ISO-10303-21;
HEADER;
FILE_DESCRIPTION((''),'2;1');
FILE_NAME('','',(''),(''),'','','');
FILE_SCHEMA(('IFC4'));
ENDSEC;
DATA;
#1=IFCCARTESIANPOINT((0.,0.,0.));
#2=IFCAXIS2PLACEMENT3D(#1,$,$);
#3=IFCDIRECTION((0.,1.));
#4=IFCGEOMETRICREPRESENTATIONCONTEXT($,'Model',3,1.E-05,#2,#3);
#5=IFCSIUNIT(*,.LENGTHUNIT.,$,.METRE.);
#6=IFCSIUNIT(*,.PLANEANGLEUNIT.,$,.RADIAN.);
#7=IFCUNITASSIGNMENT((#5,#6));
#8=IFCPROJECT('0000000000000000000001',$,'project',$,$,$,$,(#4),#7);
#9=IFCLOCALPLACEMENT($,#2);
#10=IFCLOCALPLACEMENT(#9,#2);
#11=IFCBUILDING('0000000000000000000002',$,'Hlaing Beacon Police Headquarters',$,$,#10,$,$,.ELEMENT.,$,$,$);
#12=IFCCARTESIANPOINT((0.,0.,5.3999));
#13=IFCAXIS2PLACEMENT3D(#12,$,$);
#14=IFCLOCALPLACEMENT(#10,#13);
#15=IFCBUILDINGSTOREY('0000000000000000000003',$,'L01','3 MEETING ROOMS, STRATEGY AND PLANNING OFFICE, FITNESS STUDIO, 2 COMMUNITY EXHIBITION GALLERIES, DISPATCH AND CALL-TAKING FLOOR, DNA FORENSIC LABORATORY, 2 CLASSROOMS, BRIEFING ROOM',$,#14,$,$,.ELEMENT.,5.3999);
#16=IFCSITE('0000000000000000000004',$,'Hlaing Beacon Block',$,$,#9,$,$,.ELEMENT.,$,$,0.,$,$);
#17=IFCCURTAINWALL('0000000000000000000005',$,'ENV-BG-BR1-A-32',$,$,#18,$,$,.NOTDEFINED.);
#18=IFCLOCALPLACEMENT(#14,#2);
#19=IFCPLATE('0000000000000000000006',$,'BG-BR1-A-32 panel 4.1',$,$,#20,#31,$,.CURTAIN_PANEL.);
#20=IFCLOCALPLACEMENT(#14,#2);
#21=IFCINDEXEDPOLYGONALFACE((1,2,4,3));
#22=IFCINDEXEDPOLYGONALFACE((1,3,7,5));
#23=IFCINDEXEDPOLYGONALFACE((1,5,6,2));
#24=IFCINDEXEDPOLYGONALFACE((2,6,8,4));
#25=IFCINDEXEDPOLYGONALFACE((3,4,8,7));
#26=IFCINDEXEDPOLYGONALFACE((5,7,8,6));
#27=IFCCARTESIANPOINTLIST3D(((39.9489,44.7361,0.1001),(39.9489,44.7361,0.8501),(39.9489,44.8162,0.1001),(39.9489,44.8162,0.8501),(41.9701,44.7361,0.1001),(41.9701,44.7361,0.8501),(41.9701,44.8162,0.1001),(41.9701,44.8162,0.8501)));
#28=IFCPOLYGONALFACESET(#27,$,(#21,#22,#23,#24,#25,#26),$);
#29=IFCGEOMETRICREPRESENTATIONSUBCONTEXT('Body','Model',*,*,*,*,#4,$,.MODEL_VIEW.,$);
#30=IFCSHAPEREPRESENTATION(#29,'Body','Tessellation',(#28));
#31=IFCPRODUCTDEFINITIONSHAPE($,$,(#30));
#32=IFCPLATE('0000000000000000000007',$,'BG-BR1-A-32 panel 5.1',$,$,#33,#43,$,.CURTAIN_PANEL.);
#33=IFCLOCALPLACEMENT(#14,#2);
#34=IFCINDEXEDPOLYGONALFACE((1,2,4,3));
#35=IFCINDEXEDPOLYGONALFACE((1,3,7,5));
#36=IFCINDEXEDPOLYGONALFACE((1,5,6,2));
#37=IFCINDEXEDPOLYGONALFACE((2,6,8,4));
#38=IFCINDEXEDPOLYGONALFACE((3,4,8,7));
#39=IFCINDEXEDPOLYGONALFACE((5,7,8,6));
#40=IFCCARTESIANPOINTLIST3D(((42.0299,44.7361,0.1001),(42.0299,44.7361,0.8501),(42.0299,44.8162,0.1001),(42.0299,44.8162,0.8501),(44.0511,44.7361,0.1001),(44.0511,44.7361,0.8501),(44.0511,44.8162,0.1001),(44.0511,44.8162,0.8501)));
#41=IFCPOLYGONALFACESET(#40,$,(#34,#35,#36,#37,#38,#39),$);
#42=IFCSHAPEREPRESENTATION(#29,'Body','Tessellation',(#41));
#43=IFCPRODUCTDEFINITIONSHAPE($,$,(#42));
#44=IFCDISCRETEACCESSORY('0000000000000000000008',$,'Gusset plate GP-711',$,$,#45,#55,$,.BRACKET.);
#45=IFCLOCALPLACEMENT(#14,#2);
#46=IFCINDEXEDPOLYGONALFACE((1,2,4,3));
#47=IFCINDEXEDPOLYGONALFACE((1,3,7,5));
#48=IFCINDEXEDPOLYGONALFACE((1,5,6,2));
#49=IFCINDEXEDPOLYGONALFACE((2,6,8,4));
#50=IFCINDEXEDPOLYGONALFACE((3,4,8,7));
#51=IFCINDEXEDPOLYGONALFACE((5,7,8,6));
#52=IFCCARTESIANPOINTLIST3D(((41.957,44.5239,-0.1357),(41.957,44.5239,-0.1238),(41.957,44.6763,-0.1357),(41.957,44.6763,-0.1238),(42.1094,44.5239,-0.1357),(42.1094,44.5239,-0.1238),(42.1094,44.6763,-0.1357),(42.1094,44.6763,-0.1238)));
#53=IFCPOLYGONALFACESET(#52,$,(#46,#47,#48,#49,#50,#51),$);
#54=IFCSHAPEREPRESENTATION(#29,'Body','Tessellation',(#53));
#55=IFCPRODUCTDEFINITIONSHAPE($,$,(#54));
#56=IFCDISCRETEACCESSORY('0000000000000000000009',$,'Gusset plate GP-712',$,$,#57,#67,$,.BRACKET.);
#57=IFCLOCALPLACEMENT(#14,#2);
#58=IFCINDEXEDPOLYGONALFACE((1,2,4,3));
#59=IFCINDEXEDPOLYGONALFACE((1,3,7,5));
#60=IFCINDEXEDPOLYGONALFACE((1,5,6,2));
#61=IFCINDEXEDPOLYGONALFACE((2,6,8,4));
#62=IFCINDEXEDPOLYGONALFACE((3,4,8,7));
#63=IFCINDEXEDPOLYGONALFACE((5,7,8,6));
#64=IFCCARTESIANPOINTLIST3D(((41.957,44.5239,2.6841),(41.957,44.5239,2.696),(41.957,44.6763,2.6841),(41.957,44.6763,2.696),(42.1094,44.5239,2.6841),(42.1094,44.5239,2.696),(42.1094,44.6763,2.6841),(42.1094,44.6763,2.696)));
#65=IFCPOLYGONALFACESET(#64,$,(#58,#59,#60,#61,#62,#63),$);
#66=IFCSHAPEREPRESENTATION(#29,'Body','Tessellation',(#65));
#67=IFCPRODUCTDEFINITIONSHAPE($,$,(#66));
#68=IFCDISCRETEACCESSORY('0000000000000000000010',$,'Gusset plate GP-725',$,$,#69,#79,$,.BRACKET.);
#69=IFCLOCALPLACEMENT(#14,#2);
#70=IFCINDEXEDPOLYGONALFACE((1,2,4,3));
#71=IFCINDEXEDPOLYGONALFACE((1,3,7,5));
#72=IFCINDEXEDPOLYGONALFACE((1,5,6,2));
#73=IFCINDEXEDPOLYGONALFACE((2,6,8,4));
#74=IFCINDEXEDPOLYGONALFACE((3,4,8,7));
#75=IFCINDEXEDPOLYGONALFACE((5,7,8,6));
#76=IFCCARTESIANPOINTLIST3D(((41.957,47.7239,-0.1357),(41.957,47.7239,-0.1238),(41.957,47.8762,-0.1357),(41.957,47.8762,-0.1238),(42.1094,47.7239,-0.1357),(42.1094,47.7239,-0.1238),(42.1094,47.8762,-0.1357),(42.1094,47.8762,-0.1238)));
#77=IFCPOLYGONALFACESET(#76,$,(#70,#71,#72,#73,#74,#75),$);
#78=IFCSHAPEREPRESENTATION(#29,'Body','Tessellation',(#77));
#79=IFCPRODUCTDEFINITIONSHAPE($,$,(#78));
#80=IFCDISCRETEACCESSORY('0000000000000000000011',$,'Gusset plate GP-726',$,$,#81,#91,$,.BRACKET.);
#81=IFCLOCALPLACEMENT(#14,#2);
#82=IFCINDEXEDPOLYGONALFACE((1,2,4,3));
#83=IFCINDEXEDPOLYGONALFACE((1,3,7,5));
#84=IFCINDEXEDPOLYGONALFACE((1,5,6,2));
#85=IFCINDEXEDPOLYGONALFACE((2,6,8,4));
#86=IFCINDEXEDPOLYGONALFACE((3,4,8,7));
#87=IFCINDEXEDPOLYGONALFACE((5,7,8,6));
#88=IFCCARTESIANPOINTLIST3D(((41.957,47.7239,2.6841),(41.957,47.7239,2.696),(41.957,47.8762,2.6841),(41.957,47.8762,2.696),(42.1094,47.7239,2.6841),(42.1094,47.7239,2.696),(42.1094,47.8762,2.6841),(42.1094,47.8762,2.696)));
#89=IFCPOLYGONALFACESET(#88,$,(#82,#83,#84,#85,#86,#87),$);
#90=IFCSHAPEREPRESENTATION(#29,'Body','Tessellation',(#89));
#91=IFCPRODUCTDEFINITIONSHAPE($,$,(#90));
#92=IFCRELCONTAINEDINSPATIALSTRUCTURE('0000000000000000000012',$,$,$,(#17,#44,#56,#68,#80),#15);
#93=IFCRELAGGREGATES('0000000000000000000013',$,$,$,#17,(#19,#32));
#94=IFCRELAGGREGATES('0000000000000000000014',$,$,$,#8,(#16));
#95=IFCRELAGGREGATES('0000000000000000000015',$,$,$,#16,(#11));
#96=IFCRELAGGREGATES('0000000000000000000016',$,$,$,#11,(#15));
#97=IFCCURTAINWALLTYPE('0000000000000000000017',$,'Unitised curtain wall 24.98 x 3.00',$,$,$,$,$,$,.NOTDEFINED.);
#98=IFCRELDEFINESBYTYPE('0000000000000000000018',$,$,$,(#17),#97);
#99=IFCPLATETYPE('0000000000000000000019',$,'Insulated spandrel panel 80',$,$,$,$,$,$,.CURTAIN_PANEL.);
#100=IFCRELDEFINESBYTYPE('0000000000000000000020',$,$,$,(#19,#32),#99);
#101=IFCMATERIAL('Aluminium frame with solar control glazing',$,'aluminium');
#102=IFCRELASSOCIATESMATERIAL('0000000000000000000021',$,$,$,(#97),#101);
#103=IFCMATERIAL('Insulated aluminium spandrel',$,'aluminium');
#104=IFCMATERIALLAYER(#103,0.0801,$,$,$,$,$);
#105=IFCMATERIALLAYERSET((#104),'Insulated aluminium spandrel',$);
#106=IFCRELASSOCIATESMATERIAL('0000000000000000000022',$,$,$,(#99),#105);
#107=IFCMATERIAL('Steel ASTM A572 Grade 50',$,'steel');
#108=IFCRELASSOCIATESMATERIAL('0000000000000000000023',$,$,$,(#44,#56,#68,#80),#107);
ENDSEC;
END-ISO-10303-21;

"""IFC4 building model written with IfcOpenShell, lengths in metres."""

from ifc_helpers import new_model, si_unit, direction, frame, origin, origin_2d, place, context, subcontext, project, spatial, rectangle, extrude, material, layer, layer_set, type_object, element, aggregate, save


model = new_model("IFC4")

# Units and contexts
model_context = context("Model", 3, precision=1e-05, world=origin(), true_north=direction((0.0, 1.0)))
body_context = subcontext(model_context, "Body", "Model", "MODEL_VIEW")
ifc_project = project(units=[si_unit("LENGTHUNIT", "METRE"), si_unit("PLANEANGLEUNIT", "RADIAN")], contexts=[model_context])

# Site, building, storey
site_placement = place(None, origin())
site = spatial("IfcSite", under=ifc_project, at=site_placement, Name="Hlaing Beacon Block", CompositionType="ELEMENT", RefElevation=0.0)
building_placement = place(site_placement, origin())
building = spatial("IfcBuilding", under=site, at=building_placement, Name="Hlaing Beacon Police Headquarters", CompositionType="ELEMENT")
storey_placement = place(building_placement, frame((0.0, 0.0, 5.3999)))
storey = spatial("IfcBuildingStorey", under=building, at=storey_placement, Name="L01", Description="3 MEETING ROOMS, STRATEGY AND PLANNING OFFICE, FITNESS STUDIO, 2 COMMUNITY EXHIBITION GALLERIES, DISPATCH AND CALL-TAKING FLOOR, DNA FORENSIC LABORATORY, 2 CLASSROOMS, BRIEFING ROOM", CompositionType="ELEMENT", Elevation=5.3999)

# Curtain wall
ifc_material_1 = material(Name="Aluminium frame with solar control glazing", Category="aluminium")
curtain_wall_type = type_object("IfcCurtainWallType", Name="Unitised curtain wall 24.98 x 3.00", PredefinedType="NOTDEFINED", material=ifc_material_1)
curtain_wall_1_placement = place(storey_placement, origin())
curtain_wall_1 = element("IfcCurtainWall", 1, at=curtain_wall_1_placement, inside=storey, type_object=curtain_wall_type, Name="ENV-BG-BR1-A-32", PredefinedType="NOTDEFINED")

# Plates
ifc_material_2 = material(Name="Insulated aluminium spandrel", Category="aluminium")
ifc_layer_1 = layer(ifc_material_2, 0.0801)
ifc_layer_set_1 = layer_set([ifc_layer_1], Name="Insulated aluminium spandrel")
plate_type_1 = type_object("IfcPlateType", Name="Insulated spandrel panel 80", PredefinedType="CURTAIN_PANEL", material=ifc_layer_set_1)
plate_1_placement = place(storey_placement, frame((40.9595, 44.7761, 0.1001), z_axis=(0.0, 0.0, 1.0), x_axis=(1.0, 0.0, 0.0)))
plate_1 = element("IfcPlate", 2, at=plate_1_placement, type_object=plate_type_1, Name="BG-BR1-A-32 panel 4.1", PredefinedType="CURTAIN_PANEL", context=body_context, shape_type="SweptSolid", body=[
    extrude(rectangle(XDim=2.0212, YDim=0.0801, at=origin_2d()), origin(), (0.0, 0.0, 1.0), 0.75),
])
plate_2_placement = place(storey_placement, frame((43.0405, 44.7761, 0.1001), z_axis=(0.0, 0.0, 1.0), x_axis=(1.0, 0.0, 0.0)))
plate_2 = element("IfcPlate", 3, at=plate_2_placement, type_object=plate_type_1, Name="BG-BR1-A-32 panel 5.1", PredefinedType="CURTAIN_PANEL", context=body_context, shape_type="SweptSolid", body=[
    extrude(rectangle(XDim=2.0212, YDim=0.0801, at=origin_2d()), origin(), (0.0, 0.0, 1.0), 0.75),
])
aggregate(curtain_wall_1, [plate_1, plate_2])

# Discrete accessories
ifc_material_3 = material(Name="Steel ASTM A572 Grade 50", Category="steel")
for number, where, z_axis, x_axis, name in (
    (4, (42.0332, 44.6001, -0.1238), (0.0, 0.0, -1.0), (1.0, 0.0, 0.0), "Gusset plate GP-711"),
    (5, (42.0332, 44.6001, 2.6841), (0.0, 0.0, 1.0), (1.0, 0.0, 0.0), "Gusset plate GP-712"),
    (6, (42.0332, 47.8, -0.1238), (0.0, 0.0, -1.0), (1.0, 0.0, 0.0), "Gusset plate GP-725"),
    (7, (42.0332, 47.8, 2.6841), (0.0, 0.0, 1.0), (1.0, 0.0, 0.0), "Gusset plate GP-726"),
):
    element("IfcDiscreteAccessory", number, at=place(storey_placement, frame(where, z_axis=z_axis, x_axis=x_axis)), inside=storey, material=ifc_material_3, Name=name, PredefinedType="BRACKET", context=body_context, shape_type="SweptSolid", body=[
        extrude(rectangle(XDim=0.1523, YDim=0.1523, at=origin_2d()), origin(), (0.0, 0.0, 1.0), 0.012),
    ])

save(model, "model.ifc")
